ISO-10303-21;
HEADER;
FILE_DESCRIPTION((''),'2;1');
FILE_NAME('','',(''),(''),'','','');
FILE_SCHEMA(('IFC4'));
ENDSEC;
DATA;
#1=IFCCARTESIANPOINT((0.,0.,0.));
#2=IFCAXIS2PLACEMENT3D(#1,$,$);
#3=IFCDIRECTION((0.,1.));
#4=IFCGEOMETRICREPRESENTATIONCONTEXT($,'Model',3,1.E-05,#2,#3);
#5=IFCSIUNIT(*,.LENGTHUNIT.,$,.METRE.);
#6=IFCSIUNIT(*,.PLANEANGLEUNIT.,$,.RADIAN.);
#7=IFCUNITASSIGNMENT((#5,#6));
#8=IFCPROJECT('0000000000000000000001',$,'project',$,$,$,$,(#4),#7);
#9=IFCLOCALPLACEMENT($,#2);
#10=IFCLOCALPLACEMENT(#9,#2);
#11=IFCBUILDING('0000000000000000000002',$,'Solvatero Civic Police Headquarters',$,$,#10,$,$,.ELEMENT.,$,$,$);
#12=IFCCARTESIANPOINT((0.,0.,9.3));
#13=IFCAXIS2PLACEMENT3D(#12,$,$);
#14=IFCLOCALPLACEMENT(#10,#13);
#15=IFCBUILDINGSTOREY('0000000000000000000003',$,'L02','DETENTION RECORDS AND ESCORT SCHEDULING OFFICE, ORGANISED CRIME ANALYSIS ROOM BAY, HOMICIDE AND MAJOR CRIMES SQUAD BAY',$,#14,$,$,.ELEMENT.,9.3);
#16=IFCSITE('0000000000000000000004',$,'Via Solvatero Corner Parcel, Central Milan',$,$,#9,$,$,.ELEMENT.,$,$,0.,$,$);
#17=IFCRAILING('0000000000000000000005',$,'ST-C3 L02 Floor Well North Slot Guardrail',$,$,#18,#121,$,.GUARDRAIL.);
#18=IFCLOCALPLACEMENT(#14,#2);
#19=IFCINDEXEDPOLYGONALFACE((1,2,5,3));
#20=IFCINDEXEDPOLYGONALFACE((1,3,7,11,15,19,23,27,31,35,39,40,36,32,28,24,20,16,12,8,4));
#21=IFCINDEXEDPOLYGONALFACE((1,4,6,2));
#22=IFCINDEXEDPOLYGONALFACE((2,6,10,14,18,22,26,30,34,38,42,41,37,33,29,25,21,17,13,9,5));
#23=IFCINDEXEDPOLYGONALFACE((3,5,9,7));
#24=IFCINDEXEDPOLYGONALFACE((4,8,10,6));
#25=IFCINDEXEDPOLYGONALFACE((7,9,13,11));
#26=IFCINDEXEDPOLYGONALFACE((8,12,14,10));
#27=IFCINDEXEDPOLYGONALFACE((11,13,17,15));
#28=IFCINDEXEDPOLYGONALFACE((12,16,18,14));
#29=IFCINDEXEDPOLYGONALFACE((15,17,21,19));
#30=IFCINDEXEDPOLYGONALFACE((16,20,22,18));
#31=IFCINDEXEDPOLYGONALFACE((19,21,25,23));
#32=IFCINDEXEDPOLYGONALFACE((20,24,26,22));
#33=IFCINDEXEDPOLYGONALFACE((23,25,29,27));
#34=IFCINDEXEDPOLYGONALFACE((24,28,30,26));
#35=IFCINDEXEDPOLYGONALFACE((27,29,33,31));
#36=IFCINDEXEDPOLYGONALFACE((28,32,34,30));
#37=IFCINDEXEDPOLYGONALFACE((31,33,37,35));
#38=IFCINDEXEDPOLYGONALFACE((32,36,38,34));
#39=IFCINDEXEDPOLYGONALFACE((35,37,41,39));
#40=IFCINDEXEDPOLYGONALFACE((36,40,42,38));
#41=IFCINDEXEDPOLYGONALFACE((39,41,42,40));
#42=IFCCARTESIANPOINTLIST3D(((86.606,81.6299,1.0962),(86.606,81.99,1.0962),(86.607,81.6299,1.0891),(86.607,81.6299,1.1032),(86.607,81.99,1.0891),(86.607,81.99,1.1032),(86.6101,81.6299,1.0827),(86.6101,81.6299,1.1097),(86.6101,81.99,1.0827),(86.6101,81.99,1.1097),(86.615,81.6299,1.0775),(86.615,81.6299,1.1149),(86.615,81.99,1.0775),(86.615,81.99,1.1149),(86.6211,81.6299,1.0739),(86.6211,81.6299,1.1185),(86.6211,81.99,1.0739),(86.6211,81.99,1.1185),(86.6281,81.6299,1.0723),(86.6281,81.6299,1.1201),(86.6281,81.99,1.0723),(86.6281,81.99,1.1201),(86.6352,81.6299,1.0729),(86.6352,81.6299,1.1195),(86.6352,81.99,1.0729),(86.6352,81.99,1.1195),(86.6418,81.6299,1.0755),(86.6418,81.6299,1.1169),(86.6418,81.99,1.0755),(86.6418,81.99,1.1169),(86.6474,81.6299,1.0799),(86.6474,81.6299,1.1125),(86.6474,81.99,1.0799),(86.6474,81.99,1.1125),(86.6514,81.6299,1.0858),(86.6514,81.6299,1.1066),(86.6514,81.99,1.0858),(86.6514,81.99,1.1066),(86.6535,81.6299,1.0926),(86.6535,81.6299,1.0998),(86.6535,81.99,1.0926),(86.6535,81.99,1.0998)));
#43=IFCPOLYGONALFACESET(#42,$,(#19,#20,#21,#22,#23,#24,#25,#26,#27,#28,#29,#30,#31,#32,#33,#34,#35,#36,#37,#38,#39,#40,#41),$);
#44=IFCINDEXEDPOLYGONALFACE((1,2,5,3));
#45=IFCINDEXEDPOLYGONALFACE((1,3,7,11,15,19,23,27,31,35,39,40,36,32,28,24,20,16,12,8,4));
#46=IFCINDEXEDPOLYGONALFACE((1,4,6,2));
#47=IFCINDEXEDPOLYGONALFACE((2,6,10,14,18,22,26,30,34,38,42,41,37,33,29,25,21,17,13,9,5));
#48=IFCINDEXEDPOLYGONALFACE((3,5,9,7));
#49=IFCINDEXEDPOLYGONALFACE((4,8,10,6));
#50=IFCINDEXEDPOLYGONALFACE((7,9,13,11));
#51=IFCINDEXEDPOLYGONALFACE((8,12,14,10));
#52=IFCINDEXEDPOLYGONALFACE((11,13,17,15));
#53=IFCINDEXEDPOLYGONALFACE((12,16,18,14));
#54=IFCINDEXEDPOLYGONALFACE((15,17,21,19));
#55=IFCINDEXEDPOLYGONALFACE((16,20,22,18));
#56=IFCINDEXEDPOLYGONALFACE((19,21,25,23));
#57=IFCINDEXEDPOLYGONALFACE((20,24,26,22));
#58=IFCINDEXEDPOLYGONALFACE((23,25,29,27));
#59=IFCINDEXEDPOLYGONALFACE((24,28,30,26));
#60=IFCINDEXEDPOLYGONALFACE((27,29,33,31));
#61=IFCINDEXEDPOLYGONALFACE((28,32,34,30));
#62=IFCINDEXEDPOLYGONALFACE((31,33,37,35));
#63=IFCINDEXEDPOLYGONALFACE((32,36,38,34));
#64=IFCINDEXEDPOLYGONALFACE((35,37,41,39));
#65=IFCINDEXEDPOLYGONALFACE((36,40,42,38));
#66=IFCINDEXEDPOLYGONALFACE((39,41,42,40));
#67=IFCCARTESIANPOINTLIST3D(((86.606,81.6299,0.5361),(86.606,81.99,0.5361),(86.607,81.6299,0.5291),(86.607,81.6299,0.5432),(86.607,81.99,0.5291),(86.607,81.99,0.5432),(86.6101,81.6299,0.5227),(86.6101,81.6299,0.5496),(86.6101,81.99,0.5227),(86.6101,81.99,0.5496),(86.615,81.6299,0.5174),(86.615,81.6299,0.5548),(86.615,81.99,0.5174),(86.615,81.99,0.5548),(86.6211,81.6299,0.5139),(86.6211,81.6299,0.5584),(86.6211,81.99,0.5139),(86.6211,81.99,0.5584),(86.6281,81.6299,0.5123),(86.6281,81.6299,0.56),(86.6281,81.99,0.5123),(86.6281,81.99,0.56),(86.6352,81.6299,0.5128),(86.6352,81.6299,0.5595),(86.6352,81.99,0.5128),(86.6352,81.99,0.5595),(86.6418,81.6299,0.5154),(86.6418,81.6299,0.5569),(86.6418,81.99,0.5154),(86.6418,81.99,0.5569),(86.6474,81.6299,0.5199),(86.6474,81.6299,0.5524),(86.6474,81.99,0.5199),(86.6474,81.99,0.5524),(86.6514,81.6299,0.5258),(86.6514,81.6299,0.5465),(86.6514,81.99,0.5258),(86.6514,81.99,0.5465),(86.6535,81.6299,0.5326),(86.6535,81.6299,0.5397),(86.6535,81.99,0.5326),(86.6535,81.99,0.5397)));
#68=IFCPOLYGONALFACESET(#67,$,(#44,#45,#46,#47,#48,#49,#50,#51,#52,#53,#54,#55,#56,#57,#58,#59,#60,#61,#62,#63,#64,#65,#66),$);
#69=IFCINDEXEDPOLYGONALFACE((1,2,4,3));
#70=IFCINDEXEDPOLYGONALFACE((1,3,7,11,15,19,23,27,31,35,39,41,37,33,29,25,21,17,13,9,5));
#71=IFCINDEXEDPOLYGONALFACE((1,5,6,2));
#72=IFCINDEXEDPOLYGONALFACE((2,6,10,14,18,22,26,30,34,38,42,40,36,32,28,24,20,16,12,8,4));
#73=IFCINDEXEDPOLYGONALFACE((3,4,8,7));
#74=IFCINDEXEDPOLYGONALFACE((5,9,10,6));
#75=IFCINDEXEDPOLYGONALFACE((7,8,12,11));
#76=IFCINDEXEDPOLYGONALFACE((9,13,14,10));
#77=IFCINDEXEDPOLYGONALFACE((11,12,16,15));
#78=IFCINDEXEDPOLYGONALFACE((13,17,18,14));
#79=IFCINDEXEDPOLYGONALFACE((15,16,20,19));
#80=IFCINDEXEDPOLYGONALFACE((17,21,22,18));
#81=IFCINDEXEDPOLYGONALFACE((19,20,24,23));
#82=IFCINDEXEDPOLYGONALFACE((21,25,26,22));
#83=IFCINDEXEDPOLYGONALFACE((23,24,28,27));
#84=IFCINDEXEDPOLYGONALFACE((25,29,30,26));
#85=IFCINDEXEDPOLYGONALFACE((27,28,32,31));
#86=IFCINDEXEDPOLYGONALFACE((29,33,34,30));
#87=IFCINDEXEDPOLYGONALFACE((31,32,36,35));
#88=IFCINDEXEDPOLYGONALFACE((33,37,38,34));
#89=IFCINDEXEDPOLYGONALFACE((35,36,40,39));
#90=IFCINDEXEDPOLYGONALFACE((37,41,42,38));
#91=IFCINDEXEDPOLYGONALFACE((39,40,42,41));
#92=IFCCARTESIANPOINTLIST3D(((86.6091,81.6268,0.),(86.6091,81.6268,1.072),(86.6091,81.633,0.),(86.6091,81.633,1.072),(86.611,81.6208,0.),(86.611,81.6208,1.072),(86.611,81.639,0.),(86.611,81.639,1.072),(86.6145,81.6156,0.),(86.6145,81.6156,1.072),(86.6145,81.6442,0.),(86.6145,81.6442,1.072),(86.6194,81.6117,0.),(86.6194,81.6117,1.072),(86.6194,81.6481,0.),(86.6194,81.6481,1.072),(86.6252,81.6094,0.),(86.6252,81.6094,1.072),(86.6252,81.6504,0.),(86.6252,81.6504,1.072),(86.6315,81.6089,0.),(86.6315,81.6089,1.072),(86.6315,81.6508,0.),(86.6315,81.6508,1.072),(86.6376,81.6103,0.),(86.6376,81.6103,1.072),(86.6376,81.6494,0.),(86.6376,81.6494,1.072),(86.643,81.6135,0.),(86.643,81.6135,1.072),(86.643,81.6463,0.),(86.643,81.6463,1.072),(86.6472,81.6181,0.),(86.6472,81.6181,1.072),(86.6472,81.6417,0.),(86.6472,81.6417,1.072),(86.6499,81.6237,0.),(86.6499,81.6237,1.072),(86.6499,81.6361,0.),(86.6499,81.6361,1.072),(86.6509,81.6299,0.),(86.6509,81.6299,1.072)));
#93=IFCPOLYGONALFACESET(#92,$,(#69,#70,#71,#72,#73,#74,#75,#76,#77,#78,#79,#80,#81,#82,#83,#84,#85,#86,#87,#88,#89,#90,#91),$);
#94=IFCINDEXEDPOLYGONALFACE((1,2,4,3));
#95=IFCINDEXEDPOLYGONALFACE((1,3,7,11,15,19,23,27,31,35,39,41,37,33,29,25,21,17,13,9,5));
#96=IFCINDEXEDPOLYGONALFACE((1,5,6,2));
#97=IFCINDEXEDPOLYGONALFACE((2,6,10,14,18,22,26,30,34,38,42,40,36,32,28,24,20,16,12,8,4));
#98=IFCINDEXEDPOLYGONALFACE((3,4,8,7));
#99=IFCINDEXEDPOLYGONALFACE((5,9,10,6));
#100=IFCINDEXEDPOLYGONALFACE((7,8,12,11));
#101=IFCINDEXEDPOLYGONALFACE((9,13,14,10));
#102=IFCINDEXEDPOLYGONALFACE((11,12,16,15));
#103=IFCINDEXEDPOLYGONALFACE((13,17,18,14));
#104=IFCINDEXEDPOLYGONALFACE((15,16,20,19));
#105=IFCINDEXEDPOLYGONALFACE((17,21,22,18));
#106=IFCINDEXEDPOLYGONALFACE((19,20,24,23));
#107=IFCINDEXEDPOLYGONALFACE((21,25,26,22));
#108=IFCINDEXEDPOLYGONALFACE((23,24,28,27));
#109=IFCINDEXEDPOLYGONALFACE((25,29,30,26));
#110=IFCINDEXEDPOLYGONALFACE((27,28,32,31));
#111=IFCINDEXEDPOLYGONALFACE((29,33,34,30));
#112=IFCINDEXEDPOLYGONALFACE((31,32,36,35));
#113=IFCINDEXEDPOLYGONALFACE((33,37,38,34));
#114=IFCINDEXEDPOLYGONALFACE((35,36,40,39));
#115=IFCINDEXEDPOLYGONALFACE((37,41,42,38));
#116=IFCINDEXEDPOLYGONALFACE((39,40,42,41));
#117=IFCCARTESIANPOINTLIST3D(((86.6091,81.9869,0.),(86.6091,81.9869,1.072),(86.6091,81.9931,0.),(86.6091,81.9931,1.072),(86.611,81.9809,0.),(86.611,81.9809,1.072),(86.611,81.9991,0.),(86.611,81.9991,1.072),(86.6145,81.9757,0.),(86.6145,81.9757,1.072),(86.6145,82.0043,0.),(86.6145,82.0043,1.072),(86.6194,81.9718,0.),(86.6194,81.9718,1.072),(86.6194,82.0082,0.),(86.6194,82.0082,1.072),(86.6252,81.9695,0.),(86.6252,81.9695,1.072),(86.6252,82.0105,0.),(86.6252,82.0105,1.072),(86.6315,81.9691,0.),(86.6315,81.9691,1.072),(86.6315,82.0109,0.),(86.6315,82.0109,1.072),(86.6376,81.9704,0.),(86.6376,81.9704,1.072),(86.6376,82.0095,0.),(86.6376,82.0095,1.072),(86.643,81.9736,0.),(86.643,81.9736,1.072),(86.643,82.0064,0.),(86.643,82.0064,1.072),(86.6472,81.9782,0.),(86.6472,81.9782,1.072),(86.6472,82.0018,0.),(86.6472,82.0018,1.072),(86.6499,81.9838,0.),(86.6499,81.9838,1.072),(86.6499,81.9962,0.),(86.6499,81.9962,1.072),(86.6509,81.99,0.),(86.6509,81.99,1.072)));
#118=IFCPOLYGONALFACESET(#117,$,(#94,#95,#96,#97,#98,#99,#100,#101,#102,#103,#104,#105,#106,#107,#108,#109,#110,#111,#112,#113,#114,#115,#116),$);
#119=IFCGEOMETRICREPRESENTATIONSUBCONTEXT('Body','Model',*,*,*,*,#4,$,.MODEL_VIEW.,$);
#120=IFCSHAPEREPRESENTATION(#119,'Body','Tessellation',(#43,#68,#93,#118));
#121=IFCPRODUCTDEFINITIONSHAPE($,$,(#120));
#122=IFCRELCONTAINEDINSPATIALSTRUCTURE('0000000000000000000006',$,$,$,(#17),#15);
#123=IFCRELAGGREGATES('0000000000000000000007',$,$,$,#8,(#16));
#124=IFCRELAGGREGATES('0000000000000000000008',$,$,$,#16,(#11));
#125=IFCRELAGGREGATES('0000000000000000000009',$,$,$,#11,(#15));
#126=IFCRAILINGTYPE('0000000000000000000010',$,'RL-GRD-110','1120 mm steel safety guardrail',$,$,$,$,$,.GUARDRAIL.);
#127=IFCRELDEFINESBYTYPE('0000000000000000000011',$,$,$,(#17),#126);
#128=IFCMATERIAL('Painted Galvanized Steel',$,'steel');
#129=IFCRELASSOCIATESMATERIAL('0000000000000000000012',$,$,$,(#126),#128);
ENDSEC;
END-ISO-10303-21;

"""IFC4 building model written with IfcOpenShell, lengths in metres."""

from ifc_helpers import new_model, si_unit, direction, frame, origin, origin_2d, place, context, subcontext, project, spatial, circle, extrude, material, type_object, element, save


model = new_model("IFC4")

# Units and contexts
model_context = context("Model", 3, precision=1e-05, world=origin(), true_north=direction((0.0, 1.0)))
body_context = subcontext(model_context, "Body", "Model", "MODEL_VIEW")
ifc_project = project(units=[si_unit("LENGTHUNIT", "METRE"), si_unit("PLANEANGLEUNIT", "RADIAN")], contexts=[model_context])

# Site, building, storey
site_placement = place(None, origin())
site = spatial("IfcSite", under=ifc_project, at=site_placement, Name="Via Solvatero Corner Parcel, Central Milan", CompositionType="ELEMENT", RefElevation=0.0)
building_placement = place(site_placement, origin())
building = spatial("IfcBuilding", under=site, at=building_placement, Name="Solvatero Civic Police Headquarters", CompositionType="ELEMENT")
storey_placement = place(building_placement, frame((0.0, 0.0, 9.3)))
storey = spatial("IfcBuildingStorey", under=building, at=storey_placement, Name="L02", Description="DETENTION RECORDS AND ESCORT SCHEDULING OFFICE, ORGANISED CRIME ANALYSIS ROOM BAY, HOMICIDE AND MAJOR CRIMES SQUAD BAY", CompositionType="ELEMENT", Elevation=9.3)

# Railing
ifc_material_1 = material(Name="Painted Galvanized Steel", Category="steel")
railing_type_1 = type_object("IfcRailingType", Name="RL-GRD-110", Description="1120 mm steel safety guardrail", PredefinedType="GUARDRAIL", material=ifc_material_1)
railing_1_placement = place(storey_placement, frame((86.6299, 81.6299, 0.0)))
element("IfcRailing", 1, at=railing_1_placement, inside=storey, type_object=railing_type_1, Name="ST-C3 L02 Floor Well North Slot Guardrail", PredefinedType="GUARDRAIL", context=body_context, shape_type="SweptSolid", body=[
    extrude(circle(Radius=0.0239, at=origin_2d()), frame((0.0, 0.0, 1.0962), z_axis=(0.0, 1.0, 0.0), x_axis=(-1.0, 0.0, 0.0)), (0.0, 0.0, 1.0), 0.3601),
    extrude(circle(Radius=0.0239, at=origin_2d()), frame((0.0, 0.0, 0.5361), z_axis=(0.0, 1.0, 0.0), x_axis=(-1.0, 0.0, 0.0)), (0.0, 0.0, 1.0), 0.3601),
    extrude(circle(Radius=0.021, at=origin_2d()), origin(), (0.0, 0.0, 1.0), 1.072),
    extrude(circle(Radius=0.021, at=origin_2d()), frame((0.0, 0.3601, 0.0)), (0.0, 0.0, 1.0), 1.072),
])

save(model, "model.ifc")
